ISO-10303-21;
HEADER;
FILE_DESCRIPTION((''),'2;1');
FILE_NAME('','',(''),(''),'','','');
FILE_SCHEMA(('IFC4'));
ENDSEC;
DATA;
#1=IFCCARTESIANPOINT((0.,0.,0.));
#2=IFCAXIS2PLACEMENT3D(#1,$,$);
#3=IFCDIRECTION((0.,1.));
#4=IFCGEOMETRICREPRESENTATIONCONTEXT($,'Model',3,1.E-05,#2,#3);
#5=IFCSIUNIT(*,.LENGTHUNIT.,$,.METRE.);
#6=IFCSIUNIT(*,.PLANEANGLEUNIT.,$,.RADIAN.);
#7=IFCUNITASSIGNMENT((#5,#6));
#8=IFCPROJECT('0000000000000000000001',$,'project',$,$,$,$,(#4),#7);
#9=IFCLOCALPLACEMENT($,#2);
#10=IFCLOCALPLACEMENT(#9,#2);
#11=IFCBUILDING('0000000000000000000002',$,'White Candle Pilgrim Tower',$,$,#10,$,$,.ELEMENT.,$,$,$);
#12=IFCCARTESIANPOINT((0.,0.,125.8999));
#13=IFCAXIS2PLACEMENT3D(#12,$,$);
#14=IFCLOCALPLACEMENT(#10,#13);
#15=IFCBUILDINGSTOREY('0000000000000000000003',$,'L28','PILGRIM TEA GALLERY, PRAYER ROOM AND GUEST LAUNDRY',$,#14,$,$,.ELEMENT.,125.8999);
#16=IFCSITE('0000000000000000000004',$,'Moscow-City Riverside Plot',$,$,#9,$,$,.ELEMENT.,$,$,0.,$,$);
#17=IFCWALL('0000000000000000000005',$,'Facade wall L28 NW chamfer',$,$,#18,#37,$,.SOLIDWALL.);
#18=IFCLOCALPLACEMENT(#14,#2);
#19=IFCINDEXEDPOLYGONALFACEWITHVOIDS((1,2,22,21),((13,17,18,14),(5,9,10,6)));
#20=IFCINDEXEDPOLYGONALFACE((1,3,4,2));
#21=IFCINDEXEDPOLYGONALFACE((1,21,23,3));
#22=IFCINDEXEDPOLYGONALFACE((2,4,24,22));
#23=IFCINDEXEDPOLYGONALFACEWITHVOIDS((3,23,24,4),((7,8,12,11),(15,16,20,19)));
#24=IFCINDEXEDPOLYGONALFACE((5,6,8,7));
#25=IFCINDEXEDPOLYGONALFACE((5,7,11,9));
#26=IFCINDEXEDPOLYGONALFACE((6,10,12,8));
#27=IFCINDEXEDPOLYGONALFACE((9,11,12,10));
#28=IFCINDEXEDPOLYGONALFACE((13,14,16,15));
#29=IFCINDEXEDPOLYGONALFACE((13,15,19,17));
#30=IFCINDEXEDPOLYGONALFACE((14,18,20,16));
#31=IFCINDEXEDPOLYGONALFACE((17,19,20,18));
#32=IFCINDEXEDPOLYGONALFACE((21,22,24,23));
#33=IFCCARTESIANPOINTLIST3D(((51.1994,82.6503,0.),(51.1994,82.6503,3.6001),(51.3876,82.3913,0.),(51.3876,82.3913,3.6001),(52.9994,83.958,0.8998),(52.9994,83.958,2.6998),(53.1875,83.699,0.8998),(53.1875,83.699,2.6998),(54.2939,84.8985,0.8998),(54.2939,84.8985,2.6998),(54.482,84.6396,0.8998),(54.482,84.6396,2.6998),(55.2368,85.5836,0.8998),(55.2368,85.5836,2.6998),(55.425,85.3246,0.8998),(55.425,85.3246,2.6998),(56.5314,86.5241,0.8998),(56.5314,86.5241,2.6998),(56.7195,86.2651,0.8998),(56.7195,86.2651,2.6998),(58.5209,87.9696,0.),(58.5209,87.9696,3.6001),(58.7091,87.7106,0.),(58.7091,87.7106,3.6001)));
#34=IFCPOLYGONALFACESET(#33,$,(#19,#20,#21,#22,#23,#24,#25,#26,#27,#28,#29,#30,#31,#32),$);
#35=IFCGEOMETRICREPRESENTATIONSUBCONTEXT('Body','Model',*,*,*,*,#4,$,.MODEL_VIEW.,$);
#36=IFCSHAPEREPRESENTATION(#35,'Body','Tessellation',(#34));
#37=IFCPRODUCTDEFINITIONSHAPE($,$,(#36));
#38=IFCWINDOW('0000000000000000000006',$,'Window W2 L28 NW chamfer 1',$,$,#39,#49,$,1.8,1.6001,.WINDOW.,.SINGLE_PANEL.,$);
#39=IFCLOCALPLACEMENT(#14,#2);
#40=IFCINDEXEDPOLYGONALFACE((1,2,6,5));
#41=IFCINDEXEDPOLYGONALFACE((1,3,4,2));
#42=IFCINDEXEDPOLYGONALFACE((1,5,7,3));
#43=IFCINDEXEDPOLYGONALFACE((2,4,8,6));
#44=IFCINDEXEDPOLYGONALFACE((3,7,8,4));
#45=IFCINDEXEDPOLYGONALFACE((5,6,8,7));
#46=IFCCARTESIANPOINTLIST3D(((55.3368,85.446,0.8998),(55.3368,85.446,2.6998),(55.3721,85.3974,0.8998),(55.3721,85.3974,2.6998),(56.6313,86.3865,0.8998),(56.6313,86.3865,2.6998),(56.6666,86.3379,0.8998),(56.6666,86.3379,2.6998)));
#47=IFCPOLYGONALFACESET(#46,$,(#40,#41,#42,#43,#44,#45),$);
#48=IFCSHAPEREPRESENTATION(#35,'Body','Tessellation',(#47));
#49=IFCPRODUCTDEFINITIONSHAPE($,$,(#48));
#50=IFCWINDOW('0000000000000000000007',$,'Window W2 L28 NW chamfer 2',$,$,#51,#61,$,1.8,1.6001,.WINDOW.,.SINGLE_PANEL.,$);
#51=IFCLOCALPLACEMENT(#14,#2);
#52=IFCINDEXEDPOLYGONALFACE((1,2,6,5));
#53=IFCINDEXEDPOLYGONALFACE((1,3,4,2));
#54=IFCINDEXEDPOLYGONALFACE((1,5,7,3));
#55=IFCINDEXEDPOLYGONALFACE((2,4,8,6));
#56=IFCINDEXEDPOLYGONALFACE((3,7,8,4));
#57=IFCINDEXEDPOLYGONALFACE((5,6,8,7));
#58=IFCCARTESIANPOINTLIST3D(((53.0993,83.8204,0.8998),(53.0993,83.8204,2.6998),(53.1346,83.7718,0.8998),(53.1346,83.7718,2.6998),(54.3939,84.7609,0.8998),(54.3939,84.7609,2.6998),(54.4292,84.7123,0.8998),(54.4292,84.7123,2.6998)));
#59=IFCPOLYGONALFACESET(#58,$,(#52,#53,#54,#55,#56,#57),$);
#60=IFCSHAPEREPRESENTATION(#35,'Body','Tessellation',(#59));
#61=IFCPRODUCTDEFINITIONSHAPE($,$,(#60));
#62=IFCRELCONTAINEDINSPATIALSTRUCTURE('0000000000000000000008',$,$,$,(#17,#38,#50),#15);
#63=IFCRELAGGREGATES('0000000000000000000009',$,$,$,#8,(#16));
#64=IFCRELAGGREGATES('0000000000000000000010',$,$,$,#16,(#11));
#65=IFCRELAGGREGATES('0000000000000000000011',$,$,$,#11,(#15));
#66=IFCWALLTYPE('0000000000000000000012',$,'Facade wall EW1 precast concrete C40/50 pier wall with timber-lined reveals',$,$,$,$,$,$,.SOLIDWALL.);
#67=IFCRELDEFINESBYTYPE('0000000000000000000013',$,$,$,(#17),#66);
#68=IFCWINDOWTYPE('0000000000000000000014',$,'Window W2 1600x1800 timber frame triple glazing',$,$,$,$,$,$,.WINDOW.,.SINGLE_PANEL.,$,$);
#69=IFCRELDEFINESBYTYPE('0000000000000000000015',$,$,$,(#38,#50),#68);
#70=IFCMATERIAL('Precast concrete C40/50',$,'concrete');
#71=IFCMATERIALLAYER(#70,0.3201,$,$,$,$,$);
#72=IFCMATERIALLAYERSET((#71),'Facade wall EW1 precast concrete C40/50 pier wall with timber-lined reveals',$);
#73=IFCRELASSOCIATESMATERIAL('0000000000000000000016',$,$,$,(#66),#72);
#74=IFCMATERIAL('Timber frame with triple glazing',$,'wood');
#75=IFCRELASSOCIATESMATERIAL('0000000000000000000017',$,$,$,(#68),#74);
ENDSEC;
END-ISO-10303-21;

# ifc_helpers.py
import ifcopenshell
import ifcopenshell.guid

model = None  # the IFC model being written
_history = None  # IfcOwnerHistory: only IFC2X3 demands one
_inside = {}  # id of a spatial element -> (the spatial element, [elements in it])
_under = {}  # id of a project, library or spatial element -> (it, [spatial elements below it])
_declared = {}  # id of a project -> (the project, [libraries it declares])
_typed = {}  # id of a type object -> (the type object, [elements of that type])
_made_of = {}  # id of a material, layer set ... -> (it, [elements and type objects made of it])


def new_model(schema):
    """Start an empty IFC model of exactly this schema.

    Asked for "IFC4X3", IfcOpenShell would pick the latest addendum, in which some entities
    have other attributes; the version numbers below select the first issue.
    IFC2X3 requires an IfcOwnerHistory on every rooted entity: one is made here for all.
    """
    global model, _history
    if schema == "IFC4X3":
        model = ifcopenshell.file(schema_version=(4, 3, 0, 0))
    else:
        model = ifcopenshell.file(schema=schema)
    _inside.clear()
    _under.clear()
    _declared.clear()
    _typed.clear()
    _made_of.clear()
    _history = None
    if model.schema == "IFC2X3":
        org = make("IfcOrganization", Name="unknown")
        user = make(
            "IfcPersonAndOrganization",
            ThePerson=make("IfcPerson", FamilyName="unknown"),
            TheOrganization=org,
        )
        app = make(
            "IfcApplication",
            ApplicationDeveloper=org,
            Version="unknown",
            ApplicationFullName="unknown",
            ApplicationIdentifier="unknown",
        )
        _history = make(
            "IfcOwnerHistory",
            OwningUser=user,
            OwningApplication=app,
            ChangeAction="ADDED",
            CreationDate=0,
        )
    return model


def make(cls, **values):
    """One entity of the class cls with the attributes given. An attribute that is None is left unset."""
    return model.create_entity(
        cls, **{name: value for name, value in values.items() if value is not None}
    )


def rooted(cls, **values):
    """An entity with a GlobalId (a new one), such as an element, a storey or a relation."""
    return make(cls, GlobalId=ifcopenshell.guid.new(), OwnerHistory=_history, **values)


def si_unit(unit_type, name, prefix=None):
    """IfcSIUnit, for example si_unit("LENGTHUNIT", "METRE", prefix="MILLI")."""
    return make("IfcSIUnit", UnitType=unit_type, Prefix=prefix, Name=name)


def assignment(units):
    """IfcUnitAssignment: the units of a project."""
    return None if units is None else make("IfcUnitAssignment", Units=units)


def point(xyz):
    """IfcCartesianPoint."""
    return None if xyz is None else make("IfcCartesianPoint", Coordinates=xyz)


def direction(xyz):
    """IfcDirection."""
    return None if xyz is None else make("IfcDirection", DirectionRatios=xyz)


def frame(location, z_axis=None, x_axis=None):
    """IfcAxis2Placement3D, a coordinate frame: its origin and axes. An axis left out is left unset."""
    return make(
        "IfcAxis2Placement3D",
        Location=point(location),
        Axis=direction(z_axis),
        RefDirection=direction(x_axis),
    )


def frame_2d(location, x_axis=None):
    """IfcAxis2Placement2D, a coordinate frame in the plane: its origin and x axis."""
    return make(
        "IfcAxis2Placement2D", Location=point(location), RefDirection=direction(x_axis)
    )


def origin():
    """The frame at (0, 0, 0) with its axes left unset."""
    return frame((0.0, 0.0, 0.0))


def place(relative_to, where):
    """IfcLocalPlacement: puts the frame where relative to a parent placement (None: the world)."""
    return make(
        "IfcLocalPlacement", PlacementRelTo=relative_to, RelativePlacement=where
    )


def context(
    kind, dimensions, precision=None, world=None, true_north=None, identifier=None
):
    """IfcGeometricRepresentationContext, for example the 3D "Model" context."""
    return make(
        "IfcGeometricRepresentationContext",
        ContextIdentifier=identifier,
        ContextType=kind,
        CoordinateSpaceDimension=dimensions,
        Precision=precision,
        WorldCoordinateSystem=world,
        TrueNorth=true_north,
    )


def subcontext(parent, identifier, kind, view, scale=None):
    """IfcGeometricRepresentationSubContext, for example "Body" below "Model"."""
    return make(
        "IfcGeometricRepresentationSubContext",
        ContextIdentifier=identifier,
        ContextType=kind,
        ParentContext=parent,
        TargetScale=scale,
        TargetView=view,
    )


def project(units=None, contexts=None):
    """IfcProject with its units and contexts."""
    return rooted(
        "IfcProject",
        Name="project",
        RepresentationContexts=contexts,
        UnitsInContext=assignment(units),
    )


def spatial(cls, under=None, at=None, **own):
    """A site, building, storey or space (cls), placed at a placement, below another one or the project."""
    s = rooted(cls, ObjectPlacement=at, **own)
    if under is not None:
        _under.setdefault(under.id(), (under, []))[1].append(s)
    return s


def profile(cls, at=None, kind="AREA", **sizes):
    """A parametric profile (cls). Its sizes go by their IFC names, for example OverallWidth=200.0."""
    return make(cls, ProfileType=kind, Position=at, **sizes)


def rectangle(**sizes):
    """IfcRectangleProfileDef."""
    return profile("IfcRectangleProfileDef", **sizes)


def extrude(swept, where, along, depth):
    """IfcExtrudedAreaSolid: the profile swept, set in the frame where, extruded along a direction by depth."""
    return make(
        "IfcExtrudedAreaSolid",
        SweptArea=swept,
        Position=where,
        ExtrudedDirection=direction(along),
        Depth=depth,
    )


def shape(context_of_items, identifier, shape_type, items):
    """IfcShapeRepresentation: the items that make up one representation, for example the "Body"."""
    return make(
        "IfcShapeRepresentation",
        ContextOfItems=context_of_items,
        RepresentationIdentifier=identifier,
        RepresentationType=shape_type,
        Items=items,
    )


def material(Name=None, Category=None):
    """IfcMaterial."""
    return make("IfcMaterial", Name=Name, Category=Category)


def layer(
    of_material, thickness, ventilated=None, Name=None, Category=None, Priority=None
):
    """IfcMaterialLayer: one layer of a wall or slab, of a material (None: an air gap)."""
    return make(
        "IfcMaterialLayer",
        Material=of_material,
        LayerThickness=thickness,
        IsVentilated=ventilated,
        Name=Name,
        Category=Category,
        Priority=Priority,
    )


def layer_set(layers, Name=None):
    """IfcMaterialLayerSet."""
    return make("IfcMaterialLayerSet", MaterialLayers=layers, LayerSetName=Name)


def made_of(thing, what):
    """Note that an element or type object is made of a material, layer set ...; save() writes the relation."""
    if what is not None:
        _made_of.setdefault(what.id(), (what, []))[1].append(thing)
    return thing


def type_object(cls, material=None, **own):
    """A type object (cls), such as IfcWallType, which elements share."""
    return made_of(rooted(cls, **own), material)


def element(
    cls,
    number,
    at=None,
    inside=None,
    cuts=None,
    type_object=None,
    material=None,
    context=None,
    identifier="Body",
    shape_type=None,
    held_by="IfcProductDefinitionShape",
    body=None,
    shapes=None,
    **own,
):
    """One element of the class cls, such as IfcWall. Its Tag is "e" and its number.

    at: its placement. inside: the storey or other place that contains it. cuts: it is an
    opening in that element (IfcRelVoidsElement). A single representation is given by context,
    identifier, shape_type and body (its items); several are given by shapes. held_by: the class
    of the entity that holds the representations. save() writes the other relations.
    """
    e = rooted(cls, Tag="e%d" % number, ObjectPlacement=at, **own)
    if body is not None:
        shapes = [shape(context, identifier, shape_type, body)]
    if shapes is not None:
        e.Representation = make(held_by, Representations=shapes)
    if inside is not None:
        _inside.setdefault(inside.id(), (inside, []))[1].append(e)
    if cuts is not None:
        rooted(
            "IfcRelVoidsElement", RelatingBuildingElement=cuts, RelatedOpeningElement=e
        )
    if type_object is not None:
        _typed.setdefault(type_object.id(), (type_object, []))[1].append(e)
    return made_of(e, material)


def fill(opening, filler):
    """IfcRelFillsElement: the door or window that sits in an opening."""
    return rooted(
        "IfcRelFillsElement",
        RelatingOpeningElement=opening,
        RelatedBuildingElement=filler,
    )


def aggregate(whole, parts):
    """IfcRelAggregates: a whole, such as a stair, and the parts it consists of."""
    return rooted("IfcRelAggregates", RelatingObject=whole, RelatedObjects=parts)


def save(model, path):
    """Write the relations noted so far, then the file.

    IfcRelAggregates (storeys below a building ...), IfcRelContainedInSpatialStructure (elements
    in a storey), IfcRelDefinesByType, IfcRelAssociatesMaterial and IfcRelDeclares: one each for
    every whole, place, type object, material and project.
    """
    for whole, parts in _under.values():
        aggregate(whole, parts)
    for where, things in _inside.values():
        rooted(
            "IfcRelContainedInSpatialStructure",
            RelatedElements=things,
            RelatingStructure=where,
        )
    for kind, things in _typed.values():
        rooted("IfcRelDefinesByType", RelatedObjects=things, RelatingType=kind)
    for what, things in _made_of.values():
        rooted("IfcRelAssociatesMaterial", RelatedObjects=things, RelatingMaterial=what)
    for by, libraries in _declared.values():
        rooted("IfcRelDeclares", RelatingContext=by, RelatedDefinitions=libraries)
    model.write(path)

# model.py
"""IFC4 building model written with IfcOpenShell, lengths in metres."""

from ifc_helpers import new_model, si_unit, direction, frame, frame_2d, origin, place, context, subcontext, project, spatial, rectangle, extrude, material, layer, layer_set, type_object, element, fill, save


model = new_model("IFC4")

# Units and contexts
model_context = context("Model", 3, precision=1e-05, world=origin(), true_north=direction((0.0, 1.0)))
body_context = subcontext(model_context, "Body", "Model", "MODEL_VIEW")
ifc_project = project(units=[si_unit("LENGTHUNIT", "METRE"), si_unit("PLANEANGLEUNIT", "RADIAN")], contexts=[model_context])

# Site, building, storey
site_placement = place(None, origin())
site = spatial("IfcSite", under=ifc_project, at=site_placement, Name="Moscow-City Riverside Plot", CompositionType="ELEMENT", RefElevation=0.0)
building_placement = place(site_placement, origin())
building = spatial("IfcBuilding", under=site, at=building_placement, Name="White Candle Pilgrim Tower", CompositionType="ELEMENT")
storey_placement = place(building_placement, frame((0.0, 0.0, 125.8999)))
storey = spatial("IfcBuildingStorey", under=building, at=storey_placement, Name="L28", Description="PILGRIM TEA GALLERY, PRAYER ROOM AND GUEST LAUNDRY", CompositionType="ELEMENT", Elevation=125.8999)

# Wall, openings, windows
ifc_material_1 = material(Name="Precast concrete C40/50", Category="concrete")
ifc_layer_1 = layer(ifc_material_1, 0.3201)
ifc_layer_set_1 = layer_set([ifc_layer_1], Name="Facade wall EW1 precast concrete C40/50 pier wall with timber-lined reveals")
wall_type_1 = type_object("IfcWallType", Name="Facade wall EW1 precast concrete C40/50 pier wall with timber-lined reveals", PredefinedType="SOLIDWALL", material=ifc_layer_set_1)
wall_1_placement = place(storey_placement, frame((58.615, 87.8401, 0.0), z_axis=(0.0, 0.0, 1.0), x_axis=(-0.809021, -0.58778, 0.0)))
wall_1 = element("IfcWall", 1, at=wall_1_placement, inside=storey, type_object=wall_type_1, Name="Facade wall L28 NW chamfer", PredefinedType="SOLIDWALL", context=body_context, shape_type="SweptSolid", body=[
    extrude(rectangle(XDim=9.0498, YDim=0.3201, at=frame_2d((4.5249, 0.0))), origin(), (0.0, 0.0, 1.0), 3.6001),
])
opening_1_placement = place(wall_1_placement, frame((2.4592, 0.0, 0.8999)))
opening_1 = element("IfcOpeningElement", 2, at=opening_1_placement, cuts=wall_1, PredefinedType="OPENING", context=body_context, shape_type="SweptSolid", body=[
    extrude(rectangle(XDim=1.6001, YDim=1.8, at=frame_2d((0.8, 0.8999))), frame((0.0, 0.1699, 0.0), z_axis=(0.0, -1.0, 0.0), x_axis=(1.0, 0.0, 0.0)), (0.0, 0.0, 1.0), 0.3401),
])
opening_2_placement = place(wall_1_placement, frame((5.2249, 0.0, 0.8999)))
opening_2 = element("IfcOpeningElement", 3, at=opening_2_placement, cuts=wall_1, PredefinedType="OPENING", context=body_context, shape_type="SweptSolid", body=[
    extrude(rectangle(XDim=1.6001, YDim=1.8, at=frame_2d((0.8, 0.8999))), frame((0.0, 0.1699, 0.0), z_axis=(0.0, -1.0, 0.0), x_axis=(1.0, 0.0, 0.0)), (0.0, 0.0, 1.0), 0.3401),
])
ifc_material_2 = material(Name="Timber frame with triple glazing", Category="wood")
window_type_1 = type_object("IfcWindowType", Name="Window W2 1600x1800 timber frame triple glazing", PartitioningType="SINGLE_PANEL", PredefinedType="WINDOW", material=ifc_material_2)
window_1_placement = place(opening_1_placement, origin())
window_1 = element("IfcWindow", 4, at=window_1_placement, inside=storey, type_object=window_type_1, Name="Window W2 L28 NW chamfer 1", OverallHeight=1.8, OverallWidth=1.6001, PartitioningType="SINGLE_PANEL", PredefinedType="WINDOW", context=body_context, shape_type="SweptSolid", body=[
    extrude(rectangle(XDim=1.6001, YDim=1.8, at=frame_2d((0.8, 0.8999))), frame((0.0, 0.0701, 0.0), z_axis=(0.0, -1.0, 0.0), x_axis=(1.0, 0.0, 0.0)), (0.0, 0.0, 1.0), 0.0601),
])
fill(opening_1, window_1)
window_2_placement = place(opening_2_placement, origin())
window_2 = element("IfcWindow", 5, at=window_2_placement, inside=storey, type_object=window_type_1, Name="Window W2 L28 NW chamfer 2", OverallHeight=1.8, OverallWidth=1.6001, PartitioningType="SINGLE_PANEL", PredefinedType="WINDOW", context=body_context, shape_type="SweptSolid", body=[
    extrude(rectangle(XDim=1.6001, YDim=1.8, at=frame_2d((0.8, 0.8999))), frame((0.0, 0.0701, 0.0), z_axis=(0.0, -1.0, 0.0), x_axis=(1.0, 0.0, 0.0)), (0.0, 0.0, 1.0), 0.0601),
])
fill(opening_2, window_2)

save(model, "model.ifc")
